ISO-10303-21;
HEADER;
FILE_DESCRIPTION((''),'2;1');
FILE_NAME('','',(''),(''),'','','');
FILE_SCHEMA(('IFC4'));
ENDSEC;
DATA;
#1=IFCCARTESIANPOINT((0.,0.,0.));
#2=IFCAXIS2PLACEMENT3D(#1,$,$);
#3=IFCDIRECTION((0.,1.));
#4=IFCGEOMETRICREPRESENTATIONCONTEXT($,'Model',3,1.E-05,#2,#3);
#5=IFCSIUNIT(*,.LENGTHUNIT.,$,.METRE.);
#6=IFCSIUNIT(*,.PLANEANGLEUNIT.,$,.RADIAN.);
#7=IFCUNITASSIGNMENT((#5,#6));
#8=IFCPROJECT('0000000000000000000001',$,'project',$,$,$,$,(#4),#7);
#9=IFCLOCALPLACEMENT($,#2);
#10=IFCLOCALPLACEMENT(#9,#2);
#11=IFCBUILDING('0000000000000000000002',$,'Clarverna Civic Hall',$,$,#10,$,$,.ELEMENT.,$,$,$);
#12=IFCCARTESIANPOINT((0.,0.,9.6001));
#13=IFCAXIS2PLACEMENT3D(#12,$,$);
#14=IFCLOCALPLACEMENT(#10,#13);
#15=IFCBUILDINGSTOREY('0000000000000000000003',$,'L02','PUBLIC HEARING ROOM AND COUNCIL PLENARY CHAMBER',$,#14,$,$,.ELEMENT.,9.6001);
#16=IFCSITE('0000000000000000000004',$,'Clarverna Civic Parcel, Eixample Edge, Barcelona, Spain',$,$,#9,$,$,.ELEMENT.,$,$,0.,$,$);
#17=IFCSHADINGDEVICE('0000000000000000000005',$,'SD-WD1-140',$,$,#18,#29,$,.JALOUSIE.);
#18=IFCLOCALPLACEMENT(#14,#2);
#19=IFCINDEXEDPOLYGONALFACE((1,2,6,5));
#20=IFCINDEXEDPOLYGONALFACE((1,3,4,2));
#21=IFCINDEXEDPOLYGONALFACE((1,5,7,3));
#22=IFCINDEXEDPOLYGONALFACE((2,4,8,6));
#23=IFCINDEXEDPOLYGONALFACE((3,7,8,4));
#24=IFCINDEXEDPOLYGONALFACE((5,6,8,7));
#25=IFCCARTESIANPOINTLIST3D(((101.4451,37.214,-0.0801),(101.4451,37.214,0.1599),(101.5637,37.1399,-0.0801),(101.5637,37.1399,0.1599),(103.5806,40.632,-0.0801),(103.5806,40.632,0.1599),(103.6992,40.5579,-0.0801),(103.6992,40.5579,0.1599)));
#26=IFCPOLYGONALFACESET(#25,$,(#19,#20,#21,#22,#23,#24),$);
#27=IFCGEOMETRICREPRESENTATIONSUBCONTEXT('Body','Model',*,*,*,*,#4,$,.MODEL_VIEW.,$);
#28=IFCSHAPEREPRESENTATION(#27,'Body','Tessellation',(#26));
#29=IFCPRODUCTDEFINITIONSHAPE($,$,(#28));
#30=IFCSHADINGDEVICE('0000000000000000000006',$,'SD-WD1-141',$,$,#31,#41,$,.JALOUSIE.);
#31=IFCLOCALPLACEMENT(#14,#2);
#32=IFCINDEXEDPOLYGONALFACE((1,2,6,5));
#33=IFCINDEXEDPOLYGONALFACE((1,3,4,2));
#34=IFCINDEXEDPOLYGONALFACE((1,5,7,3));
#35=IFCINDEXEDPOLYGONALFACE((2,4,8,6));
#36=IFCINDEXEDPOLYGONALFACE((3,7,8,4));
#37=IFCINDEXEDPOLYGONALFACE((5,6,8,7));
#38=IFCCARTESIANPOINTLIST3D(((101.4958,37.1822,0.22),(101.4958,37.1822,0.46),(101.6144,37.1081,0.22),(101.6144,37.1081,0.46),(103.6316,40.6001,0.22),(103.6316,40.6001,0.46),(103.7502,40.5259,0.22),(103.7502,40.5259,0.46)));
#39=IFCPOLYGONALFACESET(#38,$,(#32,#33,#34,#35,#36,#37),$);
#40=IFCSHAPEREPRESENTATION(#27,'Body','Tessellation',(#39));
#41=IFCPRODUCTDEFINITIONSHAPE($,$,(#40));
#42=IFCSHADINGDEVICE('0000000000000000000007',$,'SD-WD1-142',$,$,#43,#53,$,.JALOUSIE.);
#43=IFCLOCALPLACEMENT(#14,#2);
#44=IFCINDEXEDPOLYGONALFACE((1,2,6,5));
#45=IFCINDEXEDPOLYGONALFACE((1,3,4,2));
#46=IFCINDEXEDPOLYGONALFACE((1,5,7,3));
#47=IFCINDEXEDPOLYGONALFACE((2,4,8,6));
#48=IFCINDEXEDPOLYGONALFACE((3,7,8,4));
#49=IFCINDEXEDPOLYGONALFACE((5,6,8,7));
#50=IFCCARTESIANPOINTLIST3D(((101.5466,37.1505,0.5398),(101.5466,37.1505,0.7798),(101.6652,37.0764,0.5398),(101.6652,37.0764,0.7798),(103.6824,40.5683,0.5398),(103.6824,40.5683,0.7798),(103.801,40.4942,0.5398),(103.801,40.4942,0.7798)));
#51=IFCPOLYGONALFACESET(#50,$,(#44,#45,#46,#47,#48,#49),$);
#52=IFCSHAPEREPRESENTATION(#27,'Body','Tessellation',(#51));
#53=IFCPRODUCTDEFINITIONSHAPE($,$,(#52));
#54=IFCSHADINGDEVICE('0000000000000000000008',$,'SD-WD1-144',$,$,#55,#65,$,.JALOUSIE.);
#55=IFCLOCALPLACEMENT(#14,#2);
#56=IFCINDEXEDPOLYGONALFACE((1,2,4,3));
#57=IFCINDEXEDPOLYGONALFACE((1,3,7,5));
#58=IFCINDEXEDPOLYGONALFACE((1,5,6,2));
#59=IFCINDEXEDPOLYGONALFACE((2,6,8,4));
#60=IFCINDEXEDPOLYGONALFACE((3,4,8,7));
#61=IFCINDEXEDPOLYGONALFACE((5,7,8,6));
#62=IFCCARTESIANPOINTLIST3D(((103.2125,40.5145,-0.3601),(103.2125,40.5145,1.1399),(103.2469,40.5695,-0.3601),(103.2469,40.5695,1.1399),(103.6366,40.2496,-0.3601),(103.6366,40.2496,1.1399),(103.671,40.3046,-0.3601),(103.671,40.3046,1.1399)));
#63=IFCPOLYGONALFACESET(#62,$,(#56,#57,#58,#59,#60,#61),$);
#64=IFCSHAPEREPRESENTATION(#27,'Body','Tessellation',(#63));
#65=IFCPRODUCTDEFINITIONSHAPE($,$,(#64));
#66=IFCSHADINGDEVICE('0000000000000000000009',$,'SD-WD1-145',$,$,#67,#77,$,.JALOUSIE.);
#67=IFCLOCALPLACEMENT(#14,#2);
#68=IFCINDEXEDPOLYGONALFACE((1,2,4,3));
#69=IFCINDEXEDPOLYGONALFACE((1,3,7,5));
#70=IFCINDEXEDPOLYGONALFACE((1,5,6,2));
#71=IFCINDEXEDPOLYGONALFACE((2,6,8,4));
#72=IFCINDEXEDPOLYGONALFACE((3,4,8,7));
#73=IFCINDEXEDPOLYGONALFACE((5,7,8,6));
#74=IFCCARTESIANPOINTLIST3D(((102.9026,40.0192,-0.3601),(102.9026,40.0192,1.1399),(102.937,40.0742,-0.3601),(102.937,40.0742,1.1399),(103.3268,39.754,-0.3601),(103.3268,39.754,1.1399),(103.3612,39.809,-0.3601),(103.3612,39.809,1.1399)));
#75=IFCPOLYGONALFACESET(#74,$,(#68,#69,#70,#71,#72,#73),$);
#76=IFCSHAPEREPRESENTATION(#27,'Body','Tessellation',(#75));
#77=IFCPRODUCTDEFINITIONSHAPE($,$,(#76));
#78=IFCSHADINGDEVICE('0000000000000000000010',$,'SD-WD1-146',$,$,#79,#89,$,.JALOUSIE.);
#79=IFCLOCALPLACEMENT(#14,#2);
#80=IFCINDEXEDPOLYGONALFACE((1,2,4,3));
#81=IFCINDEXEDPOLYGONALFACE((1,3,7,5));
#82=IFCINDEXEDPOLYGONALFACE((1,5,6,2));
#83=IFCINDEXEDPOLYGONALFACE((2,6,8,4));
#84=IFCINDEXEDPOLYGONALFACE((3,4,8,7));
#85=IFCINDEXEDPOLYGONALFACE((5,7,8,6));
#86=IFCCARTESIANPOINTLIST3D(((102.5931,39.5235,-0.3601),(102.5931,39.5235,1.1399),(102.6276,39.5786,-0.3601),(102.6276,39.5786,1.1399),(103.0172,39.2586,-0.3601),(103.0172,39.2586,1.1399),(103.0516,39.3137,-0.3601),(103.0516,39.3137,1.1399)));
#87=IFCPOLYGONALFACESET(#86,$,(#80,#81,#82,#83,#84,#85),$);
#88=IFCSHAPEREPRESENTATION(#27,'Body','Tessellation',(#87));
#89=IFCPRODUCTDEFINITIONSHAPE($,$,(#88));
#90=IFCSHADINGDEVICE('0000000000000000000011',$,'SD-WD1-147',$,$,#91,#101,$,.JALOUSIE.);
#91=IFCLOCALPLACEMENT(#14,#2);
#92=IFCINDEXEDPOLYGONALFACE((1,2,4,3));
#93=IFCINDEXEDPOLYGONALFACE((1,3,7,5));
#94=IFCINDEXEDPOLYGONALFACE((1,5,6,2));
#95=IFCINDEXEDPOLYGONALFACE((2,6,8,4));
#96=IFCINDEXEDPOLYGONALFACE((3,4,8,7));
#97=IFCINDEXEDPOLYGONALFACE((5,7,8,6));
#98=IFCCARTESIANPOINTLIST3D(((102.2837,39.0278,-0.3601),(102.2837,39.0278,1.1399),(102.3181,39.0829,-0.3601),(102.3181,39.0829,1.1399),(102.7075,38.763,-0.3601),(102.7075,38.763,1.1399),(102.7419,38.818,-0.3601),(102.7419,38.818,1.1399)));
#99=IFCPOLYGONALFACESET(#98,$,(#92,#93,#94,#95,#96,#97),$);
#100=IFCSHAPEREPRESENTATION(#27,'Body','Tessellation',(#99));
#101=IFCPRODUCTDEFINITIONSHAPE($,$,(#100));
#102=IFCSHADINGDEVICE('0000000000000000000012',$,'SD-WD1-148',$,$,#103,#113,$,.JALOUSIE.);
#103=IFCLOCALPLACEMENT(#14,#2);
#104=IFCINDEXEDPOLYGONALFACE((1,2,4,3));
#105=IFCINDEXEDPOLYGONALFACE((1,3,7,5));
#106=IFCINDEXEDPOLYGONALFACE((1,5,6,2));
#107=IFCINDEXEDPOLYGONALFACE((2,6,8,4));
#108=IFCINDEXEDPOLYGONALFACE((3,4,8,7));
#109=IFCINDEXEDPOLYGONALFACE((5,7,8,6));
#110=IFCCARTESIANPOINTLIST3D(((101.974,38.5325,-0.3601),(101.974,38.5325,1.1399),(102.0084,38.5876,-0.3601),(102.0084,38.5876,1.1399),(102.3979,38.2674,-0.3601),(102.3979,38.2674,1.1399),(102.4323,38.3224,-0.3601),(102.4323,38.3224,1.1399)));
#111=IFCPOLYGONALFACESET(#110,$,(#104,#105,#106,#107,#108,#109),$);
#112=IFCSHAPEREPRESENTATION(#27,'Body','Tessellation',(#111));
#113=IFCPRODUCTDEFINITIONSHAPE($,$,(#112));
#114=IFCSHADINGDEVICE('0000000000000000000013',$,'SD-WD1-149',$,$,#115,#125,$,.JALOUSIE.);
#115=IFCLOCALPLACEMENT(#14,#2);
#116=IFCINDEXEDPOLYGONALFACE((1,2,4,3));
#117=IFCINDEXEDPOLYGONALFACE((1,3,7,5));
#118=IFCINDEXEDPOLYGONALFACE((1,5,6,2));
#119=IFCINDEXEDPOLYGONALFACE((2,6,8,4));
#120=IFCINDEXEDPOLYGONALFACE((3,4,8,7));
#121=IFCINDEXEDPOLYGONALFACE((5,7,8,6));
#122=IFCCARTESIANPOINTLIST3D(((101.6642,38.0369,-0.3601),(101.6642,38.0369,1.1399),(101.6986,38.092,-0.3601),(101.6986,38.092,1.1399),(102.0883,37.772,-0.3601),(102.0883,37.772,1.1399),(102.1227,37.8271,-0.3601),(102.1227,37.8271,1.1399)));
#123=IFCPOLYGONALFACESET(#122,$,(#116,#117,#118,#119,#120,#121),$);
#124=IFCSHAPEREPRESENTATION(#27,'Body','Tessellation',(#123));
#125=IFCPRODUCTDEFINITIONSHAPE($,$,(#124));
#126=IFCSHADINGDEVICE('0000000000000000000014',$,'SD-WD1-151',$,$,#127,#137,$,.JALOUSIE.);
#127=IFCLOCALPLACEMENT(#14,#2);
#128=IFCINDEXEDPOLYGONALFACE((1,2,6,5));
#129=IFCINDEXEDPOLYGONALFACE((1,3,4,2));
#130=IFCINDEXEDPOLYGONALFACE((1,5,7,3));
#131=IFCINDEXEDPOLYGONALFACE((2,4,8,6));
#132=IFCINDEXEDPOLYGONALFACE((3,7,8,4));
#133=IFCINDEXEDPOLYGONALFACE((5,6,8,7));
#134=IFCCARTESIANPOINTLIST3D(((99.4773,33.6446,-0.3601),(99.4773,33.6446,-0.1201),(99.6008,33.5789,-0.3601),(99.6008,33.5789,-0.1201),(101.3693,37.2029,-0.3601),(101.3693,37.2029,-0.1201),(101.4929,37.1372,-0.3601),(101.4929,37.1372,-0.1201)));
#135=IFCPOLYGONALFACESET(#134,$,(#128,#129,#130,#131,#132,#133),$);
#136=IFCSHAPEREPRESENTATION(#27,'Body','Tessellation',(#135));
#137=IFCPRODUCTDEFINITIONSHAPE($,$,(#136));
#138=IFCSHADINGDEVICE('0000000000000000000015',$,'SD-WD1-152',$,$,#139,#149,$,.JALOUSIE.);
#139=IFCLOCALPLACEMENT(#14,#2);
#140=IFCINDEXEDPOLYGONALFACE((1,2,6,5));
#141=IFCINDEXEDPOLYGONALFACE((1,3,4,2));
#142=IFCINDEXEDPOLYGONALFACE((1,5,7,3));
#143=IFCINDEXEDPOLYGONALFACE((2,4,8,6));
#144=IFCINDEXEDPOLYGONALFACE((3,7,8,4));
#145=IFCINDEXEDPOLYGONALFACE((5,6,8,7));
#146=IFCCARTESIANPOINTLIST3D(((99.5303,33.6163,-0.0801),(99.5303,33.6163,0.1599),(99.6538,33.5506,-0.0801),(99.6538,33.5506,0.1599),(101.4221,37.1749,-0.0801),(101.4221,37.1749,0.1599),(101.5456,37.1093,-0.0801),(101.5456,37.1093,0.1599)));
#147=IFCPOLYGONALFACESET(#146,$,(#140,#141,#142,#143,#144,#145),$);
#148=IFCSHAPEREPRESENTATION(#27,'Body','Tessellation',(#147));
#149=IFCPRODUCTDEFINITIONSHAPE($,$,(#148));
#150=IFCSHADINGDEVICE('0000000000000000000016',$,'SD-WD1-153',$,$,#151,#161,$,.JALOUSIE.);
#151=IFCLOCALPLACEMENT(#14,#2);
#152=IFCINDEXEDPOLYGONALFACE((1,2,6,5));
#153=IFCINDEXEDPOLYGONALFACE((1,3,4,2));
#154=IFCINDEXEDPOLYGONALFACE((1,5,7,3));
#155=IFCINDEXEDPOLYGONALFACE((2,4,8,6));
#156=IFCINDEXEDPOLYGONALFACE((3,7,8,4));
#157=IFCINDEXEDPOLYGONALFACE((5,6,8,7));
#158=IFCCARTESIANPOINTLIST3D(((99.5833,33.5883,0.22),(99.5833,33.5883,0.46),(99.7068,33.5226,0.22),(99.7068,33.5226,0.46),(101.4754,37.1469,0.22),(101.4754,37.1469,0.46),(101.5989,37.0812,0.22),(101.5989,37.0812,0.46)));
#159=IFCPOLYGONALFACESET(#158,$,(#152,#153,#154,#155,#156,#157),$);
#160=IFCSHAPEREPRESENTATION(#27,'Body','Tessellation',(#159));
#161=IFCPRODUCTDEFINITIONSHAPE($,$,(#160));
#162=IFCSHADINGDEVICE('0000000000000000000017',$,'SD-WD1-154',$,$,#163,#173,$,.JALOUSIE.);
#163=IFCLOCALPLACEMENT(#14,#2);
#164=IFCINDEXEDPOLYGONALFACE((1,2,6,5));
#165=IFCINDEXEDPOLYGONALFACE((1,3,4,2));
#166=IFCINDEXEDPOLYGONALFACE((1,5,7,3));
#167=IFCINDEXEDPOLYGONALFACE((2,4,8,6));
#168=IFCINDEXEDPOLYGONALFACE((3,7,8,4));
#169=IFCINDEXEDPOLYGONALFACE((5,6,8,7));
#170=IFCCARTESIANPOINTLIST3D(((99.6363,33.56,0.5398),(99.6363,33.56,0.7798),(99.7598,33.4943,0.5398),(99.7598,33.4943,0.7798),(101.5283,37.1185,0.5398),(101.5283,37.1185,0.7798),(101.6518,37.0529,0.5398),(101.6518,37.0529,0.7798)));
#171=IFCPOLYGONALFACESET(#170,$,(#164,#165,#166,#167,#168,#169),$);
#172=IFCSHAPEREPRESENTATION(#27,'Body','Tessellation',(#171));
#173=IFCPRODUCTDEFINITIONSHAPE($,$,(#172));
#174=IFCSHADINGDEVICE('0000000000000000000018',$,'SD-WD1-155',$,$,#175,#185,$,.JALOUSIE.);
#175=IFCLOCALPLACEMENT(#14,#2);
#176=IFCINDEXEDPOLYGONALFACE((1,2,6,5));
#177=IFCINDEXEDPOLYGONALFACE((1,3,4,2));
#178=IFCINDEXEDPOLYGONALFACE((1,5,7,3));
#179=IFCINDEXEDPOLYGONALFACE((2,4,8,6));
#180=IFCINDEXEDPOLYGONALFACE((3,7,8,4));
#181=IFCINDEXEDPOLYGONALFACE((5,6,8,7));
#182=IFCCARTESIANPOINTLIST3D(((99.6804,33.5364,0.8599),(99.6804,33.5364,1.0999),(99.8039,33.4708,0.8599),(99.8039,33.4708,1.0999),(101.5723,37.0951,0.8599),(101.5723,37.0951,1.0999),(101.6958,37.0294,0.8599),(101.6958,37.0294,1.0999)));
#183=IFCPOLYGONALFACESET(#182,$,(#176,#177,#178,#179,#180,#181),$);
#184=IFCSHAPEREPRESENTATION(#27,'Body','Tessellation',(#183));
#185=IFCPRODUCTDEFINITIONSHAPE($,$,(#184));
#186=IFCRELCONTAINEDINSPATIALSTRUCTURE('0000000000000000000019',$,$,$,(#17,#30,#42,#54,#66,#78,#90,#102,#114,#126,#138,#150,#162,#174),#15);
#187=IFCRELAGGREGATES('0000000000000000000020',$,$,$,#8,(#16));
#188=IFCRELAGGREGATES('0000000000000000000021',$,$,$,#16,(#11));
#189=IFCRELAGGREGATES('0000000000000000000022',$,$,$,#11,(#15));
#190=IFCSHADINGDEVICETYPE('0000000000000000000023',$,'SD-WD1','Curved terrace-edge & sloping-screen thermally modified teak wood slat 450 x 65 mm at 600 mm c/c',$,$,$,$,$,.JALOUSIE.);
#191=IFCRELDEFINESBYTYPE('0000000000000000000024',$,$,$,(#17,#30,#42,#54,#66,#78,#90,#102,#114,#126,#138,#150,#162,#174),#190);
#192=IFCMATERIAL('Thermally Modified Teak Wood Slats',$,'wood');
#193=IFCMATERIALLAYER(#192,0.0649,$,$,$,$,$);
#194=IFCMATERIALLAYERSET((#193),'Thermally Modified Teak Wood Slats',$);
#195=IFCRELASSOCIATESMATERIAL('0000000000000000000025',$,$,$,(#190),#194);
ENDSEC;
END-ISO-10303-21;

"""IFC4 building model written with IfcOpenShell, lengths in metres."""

from ifc_helpers import new_model, si_unit, direction, frame, frame_2d, origin, place, context, subcontext, project, spatial, rectangle, extrude, material, layer, layer_set, type_object, element, save


model = new_model("IFC4")

# Units and contexts
model_context = context("Model", 3, precision=1e-05, world=origin(), true_north=direction((0.0, 1.0)))
body_context = subcontext(model_context, "Body", "Model", "MODEL_VIEW")
ifc_project = project(units=[si_unit("LENGTHUNIT", "METRE"), si_unit("PLANEANGLEUNIT", "RADIAN")], contexts=[model_context])

# Site, building, storey
site_placement = place(None, origin())
site = spatial("IfcSite", under=ifc_project, at=site_placement, Name="Clarverna Civic Parcel, Eixample Edge, Barcelona, Spain", CompositionType="ELEMENT", RefElevation=0.0)
building_placement = place(site_placement, origin())
building = spatial("IfcBuilding", under=site, at=building_placement, Name="Clarverna Civic Hall", CompositionType="ELEMENT")
storey_placement = place(building_placement, frame((0.0, 0.0, 9.6001)))
storey = spatial("IfcBuildingStorey", under=building, at=storey_placement, Name="L02", Description="PUBLIC HEARING ROOM AND COUNCIL PLENARY CHAMBER", CompositionType="ELEMENT", Elevation=9.6001)

# Shading devices
ifc_material_1 = material(Name="Thermally Modified Teak Wood Slats", Category="wood")
ifc_layer_1 = layer(ifc_material_1, 0.0649)
ifc_layer_set_1 = layer_set([ifc_layer_1], Name="Thermally Modified Teak Wood Slats")
shading_device_type = type_object("IfcShadingDeviceType", Name="SD-WD1", Description="Curved terrace-edge & sloping-screen thermally modified teak wood slat 450 x 65 mm at 600 mm c/c", PredefinedType="JALOUSIE", material=ifc_layer_set_1)
for number, where, z_axis, x_axis, name in (
    (1, (103.6399, 40.595, -0.0801), (0.0, 0.0, 1.0), (-0.529868, -0.84808, 0.0), "SD-WD1-140"),
    (2, (103.6909, 40.563, 0.22), (0.0, 0.0, 1.0), (-0.529939, -0.848036, 0.0), "SD-WD1-141"),
    (3, (103.7417, 40.5312, 0.5398), (0.0, 0.0, 1.0), (-0.529939, -0.848036, 0.0), "SD-WD1-142"),
):
    element("IfcShadingDevice", number, at=place(storey_placement, frame(where, z_axis=z_axis, x_axis=x_axis)), inside=storey, type_object=shading_device_type, Name=name, PredefinedType="JALOUSIE", context=body_context, shape_type="SweptSolid", body=[
        extrude(rectangle(XDim=4.0303, YDim=0.1399, at=frame_2d((2.0151, 0.0))), origin(), (0.0, 0.0, 1.0), 0.24),
    ])
shading_device_1_placement = place(storey_placement, frame((103.2297, 40.542, -0.3601), z_axis=(0.0, 0.0, 1.0), x_axis=(0.848135, -0.529779, 0.0)))
element("IfcShadingDevice", 4, at=shading_device_1_placement, inside=storey, type_object=shading_device_type, Name="SD-WD1-144", PredefinedType="JALOUSIE", context=body_context, shape_type="SweptSolid", body=[
    extrude(rectangle(XDim=0.5, YDim=0.0649, at=frame_2d((0.25, 0.0))), origin(), (0.0, 0.0, 1.0), 1.5),
])
shading_device_2_placement = place(storey_placement, frame((102.9199, 40.0466, -0.3601), z_axis=(0.0, 0.0, 1.0), x_axis=(0.847916, -0.530131, 0.0)))
element("IfcShadingDevice", 5, at=shading_device_2_placement, inside=storey, type_object=shading_device_type, Name="SD-WD1-145", PredefinedType="JALOUSIE", context=body_context, shape_type="SweptSolid", body=[
    extrude(rectangle(XDim=0.5002, YDim=0.0649, at=frame_2d((0.25, 0.0))), origin(), (0.0, 0.0, 1.0), 1.5),
])
shading_device_3_placement = place(storey_placement, frame((102.6104, 39.551, -0.3601), z_axis=(0.0, 0.0, 1.0), x_axis=(0.848135, -0.529779, 0.0)))
element("IfcShadingDevice", 6, at=shading_device_3_placement, inside=storey, type_object=shading_device_type, Name="SD-WD1-146", PredefinedType="JALOUSIE", context=body_context, shape_type="SweptSolid", body=[
    extrude(rectangle(XDim=0.5, YDim=0.0649, at=frame_2d((0.25, 0.0))), origin(), (0.0, 0.0, 1.0), 1.5),
])
shading_device_4_placement = place(storey_placement, frame((102.3008, 39.0554, -0.3601), z_axis=(0.0, 0.0, 1.0), x_axis=(0.847998, -0.529999, 0.0)))
element("IfcShadingDevice", 7, at=shading_device_4_placement, inside=storey, type_object=shading_device_type, Name="SD-WD1-147", PredefinedType="JALOUSIE", context=body_context, shape_type="SweptSolid", body=[
    extrude(rectangle(XDim=0.4998, YDim=0.0649, at=frame_2d((0.25, 0.0))), origin(), (0.0, 0.0, 1.0), 1.5),
])
for number, where, z_axis, x_axis, name in (
    (8, (101.9912, 38.5601, -0.3601), (0.0, 0.0, 1.0), (0.847779, -0.53035, 0.0), "SD-WD1-148"),
    (9, (101.6814, 38.0645, -0.3601), (0.0, 0.0, 1.0), (0.848135, -0.529779, 0.0), "SD-WD1-149"),
):
    element("IfcShadingDevice", number, at=place(storey_placement, frame(where, z_axis=z_axis, x_axis=x_axis)), inside=storey, type_object=shading_device_type, Name=name, PredefinedType="JALOUSIE", context=body_context, shape_type="SweptSolid", body=[
        extrude(rectangle(XDim=0.5, YDim=0.0649, at=frame_2d((0.25, 0.0))), origin(), (0.0, 0.0, 1.0), 1.5),
    ])
shading_device_5_placement = place(storey_placement, frame((101.4312, 37.1702, -0.3601), z_axis=(0.0, 0.0, 1.0), x_axis=(-0.469487, -0.882939, 0.0)))
element("IfcShadingDevice", 10, at=shading_device_5_placement, inside=storey, type_object=shading_device_type, Name="SD-WD1-151", PredefinedType="JALOUSIE", context=body_context, shape_type="SweptSolid", body=[
    extrude(rectangle(XDim=4.03, YDim=0.1399, at=frame_2d((2.0151, 0.0))), origin(), (0.0, 0.0, 1.0), 0.24),
])
for number, where, z_axis, x_axis, name in (
    (11, (101.4839, 37.1421, -0.0801), (0.0, 0.0, 1.0), (-0.469415, -0.882978, 0.0), "SD-WD1-152"),
    (12, (101.5371, 37.114, 0.22), (0.0, 0.0, 1.0), (-0.469462, -0.882953, 0.0), "SD-WD1-153"),
    (13, (101.5901, 37.0857, 0.5398), (0.0, 0.0, 1.0), (-0.469462, -0.882953, 0.0), "SD-WD1-154"),
    (14, (101.634, 37.0623, 0.8599), (0.0, 0.0, 1.0), (-0.469415, -0.882978, 0.0), "SD-WD1-155"),
):
    element("IfcShadingDevice", number, at=place(storey_placement, frame(where, z_axis=z_axis, x_axis=x_axis)), inside=storey, type_object=shading_device_type, Name=name, PredefinedType="JALOUSIE", context=body_context, shape_type="SweptSolid", body=[
        extrude(rectangle(XDim=4.0303, YDim=0.1399, at=frame_2d((2.0151, 0.0))), origin(), (0.0, 0.0, 1.0), 0.24),
    ])

save(model, "model.ifc")
